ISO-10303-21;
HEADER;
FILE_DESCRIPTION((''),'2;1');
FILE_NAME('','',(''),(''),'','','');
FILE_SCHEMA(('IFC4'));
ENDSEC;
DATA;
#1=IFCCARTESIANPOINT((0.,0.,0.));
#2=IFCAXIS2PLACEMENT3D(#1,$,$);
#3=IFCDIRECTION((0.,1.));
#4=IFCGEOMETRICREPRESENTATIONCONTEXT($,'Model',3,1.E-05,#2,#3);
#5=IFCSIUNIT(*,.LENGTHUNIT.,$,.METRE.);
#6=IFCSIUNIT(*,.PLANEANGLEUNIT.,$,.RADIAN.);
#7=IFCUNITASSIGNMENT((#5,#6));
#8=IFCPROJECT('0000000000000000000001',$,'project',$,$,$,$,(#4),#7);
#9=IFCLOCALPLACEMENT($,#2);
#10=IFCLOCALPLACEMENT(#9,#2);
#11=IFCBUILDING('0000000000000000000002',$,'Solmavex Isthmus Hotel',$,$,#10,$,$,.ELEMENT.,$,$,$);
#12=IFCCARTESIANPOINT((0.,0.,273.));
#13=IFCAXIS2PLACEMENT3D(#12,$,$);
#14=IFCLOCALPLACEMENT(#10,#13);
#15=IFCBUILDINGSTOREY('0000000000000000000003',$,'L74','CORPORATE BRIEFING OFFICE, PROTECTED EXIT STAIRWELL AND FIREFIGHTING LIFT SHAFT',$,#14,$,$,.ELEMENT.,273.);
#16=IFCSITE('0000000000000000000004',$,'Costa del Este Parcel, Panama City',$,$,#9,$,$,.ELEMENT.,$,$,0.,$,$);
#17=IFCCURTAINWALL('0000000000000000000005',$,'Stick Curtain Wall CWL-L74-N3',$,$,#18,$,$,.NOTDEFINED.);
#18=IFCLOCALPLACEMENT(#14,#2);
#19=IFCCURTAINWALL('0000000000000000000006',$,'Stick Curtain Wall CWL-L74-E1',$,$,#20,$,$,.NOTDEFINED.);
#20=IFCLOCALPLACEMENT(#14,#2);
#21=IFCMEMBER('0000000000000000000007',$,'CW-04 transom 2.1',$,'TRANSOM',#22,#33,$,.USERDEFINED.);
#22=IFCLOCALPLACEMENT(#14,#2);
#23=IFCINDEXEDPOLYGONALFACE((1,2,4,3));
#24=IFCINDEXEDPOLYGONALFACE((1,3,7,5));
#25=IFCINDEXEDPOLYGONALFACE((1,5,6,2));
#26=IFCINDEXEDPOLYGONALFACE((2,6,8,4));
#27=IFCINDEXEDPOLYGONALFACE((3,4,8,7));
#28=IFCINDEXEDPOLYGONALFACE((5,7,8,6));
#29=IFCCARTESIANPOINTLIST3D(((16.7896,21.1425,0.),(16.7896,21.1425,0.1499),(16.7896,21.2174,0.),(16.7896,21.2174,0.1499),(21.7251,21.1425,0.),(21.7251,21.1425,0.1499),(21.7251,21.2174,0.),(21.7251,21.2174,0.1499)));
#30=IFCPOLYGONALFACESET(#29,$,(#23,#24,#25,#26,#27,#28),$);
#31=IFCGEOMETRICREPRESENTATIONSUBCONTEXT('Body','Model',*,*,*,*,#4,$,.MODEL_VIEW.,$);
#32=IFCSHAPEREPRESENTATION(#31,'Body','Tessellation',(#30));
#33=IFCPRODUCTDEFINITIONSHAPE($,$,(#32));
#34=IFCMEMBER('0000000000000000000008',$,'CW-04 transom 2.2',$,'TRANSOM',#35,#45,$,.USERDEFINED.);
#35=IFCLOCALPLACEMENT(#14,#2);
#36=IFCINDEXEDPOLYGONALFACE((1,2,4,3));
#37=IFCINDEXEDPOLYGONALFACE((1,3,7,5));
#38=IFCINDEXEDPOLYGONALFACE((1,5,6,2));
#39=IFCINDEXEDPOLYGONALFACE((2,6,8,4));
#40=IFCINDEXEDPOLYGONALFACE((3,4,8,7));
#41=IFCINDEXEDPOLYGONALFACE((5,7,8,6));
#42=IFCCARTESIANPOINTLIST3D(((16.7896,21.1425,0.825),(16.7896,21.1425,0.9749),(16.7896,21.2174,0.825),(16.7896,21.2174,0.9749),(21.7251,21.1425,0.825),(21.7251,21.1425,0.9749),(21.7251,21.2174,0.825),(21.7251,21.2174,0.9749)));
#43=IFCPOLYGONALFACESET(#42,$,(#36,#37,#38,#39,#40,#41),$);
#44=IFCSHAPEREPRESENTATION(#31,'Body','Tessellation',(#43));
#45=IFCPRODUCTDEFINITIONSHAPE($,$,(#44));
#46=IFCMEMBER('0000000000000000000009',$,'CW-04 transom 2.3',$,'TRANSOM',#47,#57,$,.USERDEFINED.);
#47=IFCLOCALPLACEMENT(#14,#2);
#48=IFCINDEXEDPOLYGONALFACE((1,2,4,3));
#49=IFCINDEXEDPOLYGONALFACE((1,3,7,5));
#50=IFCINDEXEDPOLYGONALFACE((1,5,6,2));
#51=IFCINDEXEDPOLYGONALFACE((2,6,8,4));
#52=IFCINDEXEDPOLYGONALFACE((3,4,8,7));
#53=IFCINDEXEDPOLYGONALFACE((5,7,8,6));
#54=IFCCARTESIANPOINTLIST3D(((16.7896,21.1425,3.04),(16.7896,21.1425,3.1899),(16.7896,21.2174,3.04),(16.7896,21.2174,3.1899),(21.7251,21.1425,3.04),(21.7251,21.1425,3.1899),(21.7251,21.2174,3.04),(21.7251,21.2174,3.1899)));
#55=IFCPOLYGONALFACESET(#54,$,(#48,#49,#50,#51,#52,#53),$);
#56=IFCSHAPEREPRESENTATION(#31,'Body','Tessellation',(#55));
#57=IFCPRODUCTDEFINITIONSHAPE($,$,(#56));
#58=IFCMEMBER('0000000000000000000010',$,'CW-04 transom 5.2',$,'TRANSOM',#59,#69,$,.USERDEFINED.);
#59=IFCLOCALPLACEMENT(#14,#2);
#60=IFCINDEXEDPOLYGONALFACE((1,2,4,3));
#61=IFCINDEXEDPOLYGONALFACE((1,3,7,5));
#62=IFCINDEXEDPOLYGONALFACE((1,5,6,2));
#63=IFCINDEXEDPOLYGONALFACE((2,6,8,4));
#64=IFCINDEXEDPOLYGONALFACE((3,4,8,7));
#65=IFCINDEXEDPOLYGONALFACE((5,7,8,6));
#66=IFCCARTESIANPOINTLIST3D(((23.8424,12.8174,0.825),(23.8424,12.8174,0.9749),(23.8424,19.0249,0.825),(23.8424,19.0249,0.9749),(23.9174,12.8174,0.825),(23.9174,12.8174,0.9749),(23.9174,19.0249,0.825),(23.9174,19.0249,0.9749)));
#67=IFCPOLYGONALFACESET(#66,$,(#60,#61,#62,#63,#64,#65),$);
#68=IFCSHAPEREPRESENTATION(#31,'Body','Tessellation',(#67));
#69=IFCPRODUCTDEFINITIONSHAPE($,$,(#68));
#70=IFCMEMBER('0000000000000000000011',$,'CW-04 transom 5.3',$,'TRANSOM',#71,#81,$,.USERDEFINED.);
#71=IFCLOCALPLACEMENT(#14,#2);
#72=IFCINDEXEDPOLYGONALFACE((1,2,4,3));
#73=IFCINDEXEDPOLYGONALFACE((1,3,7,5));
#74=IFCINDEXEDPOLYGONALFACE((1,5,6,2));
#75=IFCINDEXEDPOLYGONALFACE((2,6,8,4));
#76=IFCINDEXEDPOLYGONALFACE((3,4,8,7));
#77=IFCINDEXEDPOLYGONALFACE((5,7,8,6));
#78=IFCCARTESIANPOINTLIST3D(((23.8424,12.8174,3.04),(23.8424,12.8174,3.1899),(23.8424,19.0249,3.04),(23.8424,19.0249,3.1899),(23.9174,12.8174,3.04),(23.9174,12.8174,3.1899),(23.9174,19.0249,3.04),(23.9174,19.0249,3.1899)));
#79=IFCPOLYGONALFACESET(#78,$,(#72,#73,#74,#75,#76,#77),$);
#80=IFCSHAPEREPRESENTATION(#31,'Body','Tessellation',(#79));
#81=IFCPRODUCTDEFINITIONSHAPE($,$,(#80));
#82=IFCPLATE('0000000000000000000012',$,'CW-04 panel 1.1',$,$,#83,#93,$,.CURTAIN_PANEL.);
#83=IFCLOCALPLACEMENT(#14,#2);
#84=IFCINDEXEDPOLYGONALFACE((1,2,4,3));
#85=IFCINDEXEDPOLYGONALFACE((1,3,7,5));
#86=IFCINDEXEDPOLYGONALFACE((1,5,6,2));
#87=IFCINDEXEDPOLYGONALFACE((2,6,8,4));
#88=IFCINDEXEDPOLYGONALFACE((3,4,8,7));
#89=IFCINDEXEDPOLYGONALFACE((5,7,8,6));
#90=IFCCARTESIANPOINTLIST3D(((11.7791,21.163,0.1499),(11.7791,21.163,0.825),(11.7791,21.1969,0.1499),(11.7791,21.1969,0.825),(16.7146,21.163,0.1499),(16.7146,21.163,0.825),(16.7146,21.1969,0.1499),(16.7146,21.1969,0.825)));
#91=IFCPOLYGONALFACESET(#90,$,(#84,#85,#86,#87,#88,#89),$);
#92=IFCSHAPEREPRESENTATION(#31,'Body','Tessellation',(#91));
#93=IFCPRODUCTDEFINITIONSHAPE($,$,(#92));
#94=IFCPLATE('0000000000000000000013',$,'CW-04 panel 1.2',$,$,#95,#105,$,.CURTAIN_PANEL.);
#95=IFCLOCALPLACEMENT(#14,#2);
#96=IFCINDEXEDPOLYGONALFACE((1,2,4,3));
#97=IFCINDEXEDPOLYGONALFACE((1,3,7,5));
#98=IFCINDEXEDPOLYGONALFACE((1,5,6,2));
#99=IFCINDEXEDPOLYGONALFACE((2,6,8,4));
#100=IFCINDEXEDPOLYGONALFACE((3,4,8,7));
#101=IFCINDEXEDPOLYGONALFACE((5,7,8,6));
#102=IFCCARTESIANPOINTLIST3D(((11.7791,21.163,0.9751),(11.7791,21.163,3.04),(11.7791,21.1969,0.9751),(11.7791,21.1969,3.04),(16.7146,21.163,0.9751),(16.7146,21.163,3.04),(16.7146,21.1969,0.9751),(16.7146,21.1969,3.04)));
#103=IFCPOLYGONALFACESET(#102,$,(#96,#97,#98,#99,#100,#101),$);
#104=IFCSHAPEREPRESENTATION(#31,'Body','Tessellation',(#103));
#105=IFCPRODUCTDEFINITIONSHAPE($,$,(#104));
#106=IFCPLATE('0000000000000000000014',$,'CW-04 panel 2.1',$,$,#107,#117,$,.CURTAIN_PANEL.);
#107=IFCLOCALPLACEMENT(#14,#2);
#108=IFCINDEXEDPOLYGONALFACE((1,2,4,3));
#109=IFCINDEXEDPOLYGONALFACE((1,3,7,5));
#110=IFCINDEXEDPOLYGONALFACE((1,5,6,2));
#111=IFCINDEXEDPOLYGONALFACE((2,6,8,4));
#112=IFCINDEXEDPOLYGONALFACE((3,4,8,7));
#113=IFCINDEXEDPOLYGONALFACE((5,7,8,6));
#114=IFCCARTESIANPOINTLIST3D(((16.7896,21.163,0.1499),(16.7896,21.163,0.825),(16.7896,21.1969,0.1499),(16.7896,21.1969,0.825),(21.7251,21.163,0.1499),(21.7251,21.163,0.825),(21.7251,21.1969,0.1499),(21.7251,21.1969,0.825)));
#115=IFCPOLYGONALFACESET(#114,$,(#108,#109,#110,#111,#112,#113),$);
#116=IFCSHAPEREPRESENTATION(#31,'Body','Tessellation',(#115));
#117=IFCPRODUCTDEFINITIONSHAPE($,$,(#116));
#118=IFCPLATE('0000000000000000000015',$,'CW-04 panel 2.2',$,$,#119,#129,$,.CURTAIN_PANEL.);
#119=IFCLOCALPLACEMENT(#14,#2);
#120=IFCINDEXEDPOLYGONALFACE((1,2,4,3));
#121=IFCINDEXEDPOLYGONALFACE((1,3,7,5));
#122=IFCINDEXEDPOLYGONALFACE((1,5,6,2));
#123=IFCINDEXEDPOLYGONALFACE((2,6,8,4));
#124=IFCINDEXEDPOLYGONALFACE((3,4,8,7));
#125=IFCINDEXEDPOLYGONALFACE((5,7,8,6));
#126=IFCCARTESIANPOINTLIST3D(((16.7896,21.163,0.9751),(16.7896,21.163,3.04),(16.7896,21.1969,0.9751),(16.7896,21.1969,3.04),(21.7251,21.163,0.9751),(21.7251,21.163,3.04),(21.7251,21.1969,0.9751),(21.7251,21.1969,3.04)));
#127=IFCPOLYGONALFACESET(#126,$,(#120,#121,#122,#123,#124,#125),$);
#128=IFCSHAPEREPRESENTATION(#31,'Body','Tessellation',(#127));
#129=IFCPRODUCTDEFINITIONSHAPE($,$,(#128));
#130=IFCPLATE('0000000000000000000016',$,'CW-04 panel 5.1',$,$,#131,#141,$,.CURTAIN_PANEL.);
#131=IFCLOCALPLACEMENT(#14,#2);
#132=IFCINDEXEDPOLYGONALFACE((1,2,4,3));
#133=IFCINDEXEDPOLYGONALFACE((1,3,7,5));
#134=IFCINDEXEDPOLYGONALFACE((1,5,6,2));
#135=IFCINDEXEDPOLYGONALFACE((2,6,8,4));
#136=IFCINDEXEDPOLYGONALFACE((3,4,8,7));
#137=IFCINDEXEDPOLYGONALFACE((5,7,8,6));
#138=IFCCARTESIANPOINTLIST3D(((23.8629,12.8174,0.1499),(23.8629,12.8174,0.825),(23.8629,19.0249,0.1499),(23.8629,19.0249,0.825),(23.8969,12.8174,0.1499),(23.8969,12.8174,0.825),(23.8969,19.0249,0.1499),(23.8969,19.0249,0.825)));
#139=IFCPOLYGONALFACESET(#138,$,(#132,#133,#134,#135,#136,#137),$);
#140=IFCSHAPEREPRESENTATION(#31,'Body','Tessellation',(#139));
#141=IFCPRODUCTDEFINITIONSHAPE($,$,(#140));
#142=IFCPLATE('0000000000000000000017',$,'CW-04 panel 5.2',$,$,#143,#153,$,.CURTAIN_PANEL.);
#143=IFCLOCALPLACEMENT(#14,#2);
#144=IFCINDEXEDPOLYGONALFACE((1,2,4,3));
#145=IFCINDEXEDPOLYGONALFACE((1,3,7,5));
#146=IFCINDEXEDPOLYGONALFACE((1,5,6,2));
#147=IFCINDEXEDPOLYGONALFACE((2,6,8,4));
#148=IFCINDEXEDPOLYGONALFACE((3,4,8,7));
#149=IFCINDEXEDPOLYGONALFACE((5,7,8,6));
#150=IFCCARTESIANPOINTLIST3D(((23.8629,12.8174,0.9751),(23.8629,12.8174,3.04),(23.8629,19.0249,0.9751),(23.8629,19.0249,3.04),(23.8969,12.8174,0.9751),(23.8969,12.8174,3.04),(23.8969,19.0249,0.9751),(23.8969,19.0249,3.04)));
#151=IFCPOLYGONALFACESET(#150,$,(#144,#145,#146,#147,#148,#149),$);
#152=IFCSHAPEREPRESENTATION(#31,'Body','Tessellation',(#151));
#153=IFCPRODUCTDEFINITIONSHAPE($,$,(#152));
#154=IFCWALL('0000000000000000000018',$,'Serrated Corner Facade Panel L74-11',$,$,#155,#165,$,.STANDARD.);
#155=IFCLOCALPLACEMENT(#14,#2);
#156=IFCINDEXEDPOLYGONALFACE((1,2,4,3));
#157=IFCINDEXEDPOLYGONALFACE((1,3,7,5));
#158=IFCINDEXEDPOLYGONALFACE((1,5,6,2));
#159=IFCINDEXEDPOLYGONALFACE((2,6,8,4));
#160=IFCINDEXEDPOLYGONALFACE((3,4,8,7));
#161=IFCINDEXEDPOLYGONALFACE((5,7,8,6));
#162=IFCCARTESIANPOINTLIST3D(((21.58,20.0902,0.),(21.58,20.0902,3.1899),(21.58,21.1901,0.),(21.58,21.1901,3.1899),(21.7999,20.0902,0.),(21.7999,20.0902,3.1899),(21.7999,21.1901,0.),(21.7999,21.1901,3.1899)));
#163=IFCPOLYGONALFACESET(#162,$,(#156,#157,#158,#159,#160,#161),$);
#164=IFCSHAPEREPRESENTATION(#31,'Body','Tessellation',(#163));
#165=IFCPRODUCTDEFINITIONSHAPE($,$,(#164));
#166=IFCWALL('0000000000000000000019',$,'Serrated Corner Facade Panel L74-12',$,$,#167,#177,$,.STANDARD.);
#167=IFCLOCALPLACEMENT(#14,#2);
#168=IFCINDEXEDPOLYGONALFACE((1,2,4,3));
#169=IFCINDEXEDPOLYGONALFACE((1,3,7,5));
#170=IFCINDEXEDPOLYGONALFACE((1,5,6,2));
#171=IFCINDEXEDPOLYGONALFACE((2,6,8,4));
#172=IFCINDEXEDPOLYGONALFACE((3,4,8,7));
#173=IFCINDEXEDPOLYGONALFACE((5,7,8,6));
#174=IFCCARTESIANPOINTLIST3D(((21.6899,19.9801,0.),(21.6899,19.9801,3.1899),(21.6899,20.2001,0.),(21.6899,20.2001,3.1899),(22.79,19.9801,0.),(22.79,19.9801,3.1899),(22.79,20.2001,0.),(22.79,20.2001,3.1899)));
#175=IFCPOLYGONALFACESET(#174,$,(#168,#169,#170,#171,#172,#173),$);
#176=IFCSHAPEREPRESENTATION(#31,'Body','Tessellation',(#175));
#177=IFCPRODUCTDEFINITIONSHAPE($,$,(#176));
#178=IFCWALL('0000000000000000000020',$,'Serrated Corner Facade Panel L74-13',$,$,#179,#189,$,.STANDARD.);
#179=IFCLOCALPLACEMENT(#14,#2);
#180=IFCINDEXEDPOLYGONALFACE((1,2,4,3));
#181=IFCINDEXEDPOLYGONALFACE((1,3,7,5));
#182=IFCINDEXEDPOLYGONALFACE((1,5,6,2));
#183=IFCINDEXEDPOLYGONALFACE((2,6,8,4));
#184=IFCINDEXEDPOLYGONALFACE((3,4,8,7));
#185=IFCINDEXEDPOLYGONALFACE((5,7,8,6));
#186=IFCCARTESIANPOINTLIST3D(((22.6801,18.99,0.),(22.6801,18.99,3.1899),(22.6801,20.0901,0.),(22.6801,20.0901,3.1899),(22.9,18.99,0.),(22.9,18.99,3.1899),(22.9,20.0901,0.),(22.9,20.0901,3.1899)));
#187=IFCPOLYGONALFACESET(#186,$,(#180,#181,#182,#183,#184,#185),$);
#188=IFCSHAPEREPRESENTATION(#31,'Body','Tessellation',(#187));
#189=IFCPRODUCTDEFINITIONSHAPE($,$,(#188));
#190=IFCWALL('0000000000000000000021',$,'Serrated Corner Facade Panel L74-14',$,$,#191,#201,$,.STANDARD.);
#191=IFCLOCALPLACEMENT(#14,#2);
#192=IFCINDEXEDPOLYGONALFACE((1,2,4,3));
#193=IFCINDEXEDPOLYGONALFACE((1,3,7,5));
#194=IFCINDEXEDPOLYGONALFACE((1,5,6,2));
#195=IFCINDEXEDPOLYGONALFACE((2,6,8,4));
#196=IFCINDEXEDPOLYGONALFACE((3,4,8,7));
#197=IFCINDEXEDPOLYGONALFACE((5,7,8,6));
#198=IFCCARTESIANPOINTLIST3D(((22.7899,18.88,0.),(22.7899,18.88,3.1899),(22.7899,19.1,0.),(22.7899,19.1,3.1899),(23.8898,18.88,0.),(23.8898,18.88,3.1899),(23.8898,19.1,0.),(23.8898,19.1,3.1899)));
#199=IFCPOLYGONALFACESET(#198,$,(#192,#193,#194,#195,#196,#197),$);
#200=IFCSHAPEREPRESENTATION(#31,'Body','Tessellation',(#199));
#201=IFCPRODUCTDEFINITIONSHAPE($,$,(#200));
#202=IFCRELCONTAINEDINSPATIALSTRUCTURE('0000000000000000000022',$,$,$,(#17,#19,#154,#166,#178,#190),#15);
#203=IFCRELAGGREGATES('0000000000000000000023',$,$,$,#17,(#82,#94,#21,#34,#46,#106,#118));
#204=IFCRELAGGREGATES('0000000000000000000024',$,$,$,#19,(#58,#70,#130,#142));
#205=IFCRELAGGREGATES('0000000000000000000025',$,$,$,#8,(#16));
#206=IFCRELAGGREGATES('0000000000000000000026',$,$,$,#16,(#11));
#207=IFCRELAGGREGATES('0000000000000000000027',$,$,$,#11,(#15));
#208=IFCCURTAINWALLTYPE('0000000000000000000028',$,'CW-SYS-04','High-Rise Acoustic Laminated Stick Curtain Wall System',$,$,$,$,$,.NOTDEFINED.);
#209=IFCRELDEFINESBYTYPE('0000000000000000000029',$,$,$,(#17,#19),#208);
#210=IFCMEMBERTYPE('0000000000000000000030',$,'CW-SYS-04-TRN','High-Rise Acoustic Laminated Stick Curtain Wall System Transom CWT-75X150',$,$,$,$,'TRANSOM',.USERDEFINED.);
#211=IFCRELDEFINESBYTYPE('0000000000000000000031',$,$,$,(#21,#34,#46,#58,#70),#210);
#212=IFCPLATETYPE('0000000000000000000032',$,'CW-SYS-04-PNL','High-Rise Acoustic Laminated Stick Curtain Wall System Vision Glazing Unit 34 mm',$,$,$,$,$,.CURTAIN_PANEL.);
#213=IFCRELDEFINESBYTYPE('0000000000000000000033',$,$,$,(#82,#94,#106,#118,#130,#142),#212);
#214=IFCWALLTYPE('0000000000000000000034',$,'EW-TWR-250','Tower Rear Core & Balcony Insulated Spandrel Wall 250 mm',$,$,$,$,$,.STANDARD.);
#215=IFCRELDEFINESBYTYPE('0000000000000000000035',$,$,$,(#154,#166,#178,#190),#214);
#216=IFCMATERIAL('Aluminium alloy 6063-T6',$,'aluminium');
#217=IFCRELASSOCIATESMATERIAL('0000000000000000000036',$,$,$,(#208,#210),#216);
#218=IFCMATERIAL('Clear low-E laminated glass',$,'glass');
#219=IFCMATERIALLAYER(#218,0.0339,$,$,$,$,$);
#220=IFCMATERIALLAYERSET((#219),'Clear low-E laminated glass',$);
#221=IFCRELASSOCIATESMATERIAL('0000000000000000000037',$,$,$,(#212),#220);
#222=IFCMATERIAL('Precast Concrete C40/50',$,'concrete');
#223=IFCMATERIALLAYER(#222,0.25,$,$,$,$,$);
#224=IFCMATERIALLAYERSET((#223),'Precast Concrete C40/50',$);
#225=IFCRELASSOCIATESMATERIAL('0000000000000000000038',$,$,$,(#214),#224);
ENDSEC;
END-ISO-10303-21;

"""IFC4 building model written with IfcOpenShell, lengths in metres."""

from ifc_helpers import new_model, si_unit, direction, frame, frame_2d, origin, origin_2d, place, context, subcontext, project, spatial, rectangle, extrude, material, layer, layer_set, material_profile, profile_set, type_object, element, aggregate, save


model = new_model("IFC4")

# Units and contexts
model_context = context("Model", 3, precision=1e-05, world=origin(), true_north=direction((0.0, 1.0)))
body_context = subcontext(model_context, "Body", "Model", "MODEL_VIEW")
ifc_project = project(units=[si_unit("LENGTHUNIT", "METRE"), si_unit("PLANEANGLEUNIT", "RADIAN")], contexts=[model_context])

# Site, building, storey
site_placement = place(None, origin())
site = spatial("IfcSite", under=ifc_project, at=site_placement, Name="Costa del Este Parcel, Panama City", CompositionType="ELEMENT", RefElevation=0.0)
building_placement = place(site_placement, origin())
building = spatial("IfcBuilding", under=site, at=building_placement, Name="Solmavex Isthmus Hotel", CompositionType="ELEMENT")
storey_placement = place(building_placement, frame((0.0, 0.0, 273.0)))
storey = spatial("IfcBuildingStorey", under=building, at=storey_placement, Name="L74", Description="CORPORATE BRIEFING OFFICE, PROTECTED EXIT STAIRWELL AND FIREFIGHTING LIFT SHAFT", CompositionType="ELEMENT", Elevation=273.0)

# Curtain wall
ifc_material_1 = material(Name="Aluminium alloy 6063-T6", Category="aluminium")
curtain_wall_type = type_object("IfcCurtainWallType", Name="CW-SYS-04", Description="High-Rise Acoustic Laminated Stick Curtain Wall System", PredefinedType="NOTDEFINED", material=ifc_material_1)
curtain_wall_1_placement = place(storey_placement, origin())
curtain_wall_1 = element("IfcCurtainWall", 1, at=curtain_wall_1_placement, inside=storey, type_object=curtain_wall_type, Name="Stick Curtain Wall CWL-L74-N3", PredefinedType="NOTDEFINED")

# Curtain wall
curtain_wall_2_placement = place(storey_placement, origin())
curtain_wall_2 = element("IfcCurtainWall", 2, at=curtain_wall_2_placement, inside=storey, type_object=curtain_wall_type, Name="Stick Curtain Wall CWL-L74-E1", PredefinedType="NOTDEFINED")

# Members
ifc_material_profile_1 = material_profile(ifc_material_1, rectangle(XDim=0.075, YDim=0.1499, at=origin_2d()), Name="CWT-75X150")
ifc_profile_set_1 = profile_set([ifc_material_profile_1], Name="Aluminium alloy 6063-T6")
member_type_1 = type_object("IfcMemberType", Name="CW-SYS-04-TRN", Description="High-Rise Acoustic Laminated Stick Curtain Wall System Transom CWT-75X150", ElementType="TRANSOM", PredefinedType="USERDEFINED", material=ifc_profile_set_1)
member_1_placement = place(storey_placement, frame((16.7896, 21.1799, 0.075), z_axis=(1.0, 0.0, 0.0), x_axis=(0.0, 1.0, 0.0)))
member_1 = element("IfcMember", 3, at=member_1_placement, type_object=member_type_1, Name="CW-04 transom 2.1", ObjectType="TRANSOM", PredefinedType="USERDEFINED", context=body_context, shape_type="SweptSolid", body=[
    extrude(rectangle(XDim=0.075, YDim=0.1499, at=origin_2d()), origin(), (0.0, 0.0, 1.0), 4.9355),
])
member_2_placement = place(storey_placement, frame((16.7896, 21.1799, 0.8999), z_axis=(1.0, 0.0, 0.0), x_axis=(0.0, 1.0, 0.0)))
member_2 = element("IfcMember", 4, at=member_2_placement, type_object=member_type_1, Name="CW-04 transom 2.2", ObjectType="TRANSOM", PredefinedType="USERDEFINED", context=body_context, shape_type="SweptSolid", body=[
    extrude(rectangle(XDim=0.075, YDim=0.1499, at=origin_2d()), origin(), (0.0, 0.0, 1.0), 4.9355),
])
member_3_placement = place(storey_placement, frame((16.7896, 21.1799, 3.115), z_axis=(1.0, 0.0, 0.0), x_axis=(0.0, 1.0, 0.0)))
member_3 = element("IfcMember", 5, at=member_3_placement, type_object=member_type_1, Name="CW-04 transom 2.3", ObjectType="TRANSOM", PredefinedType="USERDEFINED", context=body_context, shape_type="SweptSolid", body=[
    extrude(rectangle(XDim=0.075, YDim=0.1499, at=origin_2d()), origin(), (0.0, 0.0, 1.0), 4.9355),
])
member_4_placement = place(storey_placement, frame((23.8799, 12.8174, 0.8999), z_axis=(0.0, 1.0, 0.0), x_axis=(-1.0, 0.0, 0.0)))
member_4 = element("IfcMember", 6, at=member_4_placement, type_object=member_type_1, Name="CW-04 transom 5.2", ObjectType="TRANSOM", PredefinedType="USERDEFINED", context=body_context, shape_type="SweptSolid", body=[
    extrude(rectangle(XDim=0.075, YDim=0.1499, at=origin_2d()), origin(), (0.0, 0.0, 1.0), 6.2075),
])
member_5_placement = place(storey_placement, frame((23.8799, 12.8174, 3.115), z_axis=(0.0, 1.0, 0.0), x_axis=(-1.0, 0.0, 0.0)))
member_5 = element("IfcMember", 7, at=member_5_placement, type_object=member_type_1, Name="CW-04 transom 5.3", ObjectType="TRANSOM", PredefinedType="USERDEFINED", context=body_context, shape_type="SweptSolid", body=[
    extrude(rectangle(XDim=0.075, YDim=0.1499, at=origin_2d()), origin(), (0.0, 0.0, 1.0), 6.2075),
])

# Plates
ifc_material_2 = material(Name="Clear low-E laminated glass", Category="glass")
ifc_layer_1 = layer(ifc_material_2, 0.0339)
ifc_layer_set_1 = layer_set([ifc_layer_1], Name="Clear low-E laminated glass")
plate_type = type_object("IfcPlateType", Name="CW-SYS-04-PNL", Description="High-Rise Acoustic Laminated Stick Curtain Wall System Vision Glazing Unit 34 mm", PredefinedType="CURTAIN_PANEL", material=ifc_layer_set_1)
plate_1_placement = place(storey_placement, frame((14.2468, 21.1799, 0.1499), z_axis=(0.0, 0.0, 1.0), x_axis=(1.0, 0.0, 0.0)))
plate_1 = element("IfcPlate", 8, at=plate_1_placement, type_object=plate_type, Name="CW-04 panel 1.1", PredefinedType="CURTAIN_PANEL", context=body_context, shape_type="SweptSolid", body=[
    extrude(rectangle(XDim=4.9355, YDim=0.0339, at=origin_2d()), origin(), (0.0, 0.0, 1.0), 0.675),
])
plate_2_placement = place(storey_placement, frame((14.2468, 21.1799, 0.9751), z_axis=(0.0, 0.0, 1.0), x_axis=(1.0, 0.0, 0.0)))
plate_2 = element("IfcPlate", 9, at=plate_2_placement, type_object=plate_type, Name="CW-04 panel 1.2", PredefinedType="CURTAIN_PANEL", context=body_context, shape_type="SweptSolid", body=[
    extrude(rectangle(XDim=4.9355, YDim=0.0339, at=origin_2d()), origin(), (0.0, 0.0, 1.0), 2.0649),
])
plate_3_placement = place(storey_placement, frame((19.2573, 21.1799, 0.1499), z_axis=(0.0, 0.0, 1.0), x_axis=(1.0, 0.0, 0.0)))
plate_3 = element("IfcPlate", 10, at=plate_3_placement, type_object=plate_type, Name="CW-04 panel 2.1", PredefinedType="CURTAIN_PANEL", context=body_context, shape_type="SweptSolid", body=[
    extrude(rectangle(XDim=4.9355, YDim=0.0339, at=origin_2d()), origin(), (0.0, 0.0, 1.0), 0.675),
])
plate_4_placement = place(storey_placement, frame((19.2573, 21.1799, 0.9751), z_axis=(0.0, 0.0, 1.0), x_axis=(1.0, 0.0, 0.0)))
plate_4 = element("IfcPlate", 11, at=plate_4_placement, type_object=plate_type, Name="CW-04 panel 2.2", PredefinedType="CURTAIN_PANEL", context=body_context, shape_type="SweptSolid", body=[
    extrude(rectangle(XDim=4.9355, YDim=0.0339, at=origin_2d()), origin(), (0.0, 0.0, 1.0), 2.0649),
])
aggregate(curtain_wall_1, [plate_1, plate_2, member_1, member_2, member_3, plate_3, plate_4])
plate_5_placement = place(storey_placement, frame((23.8799, 15.9211, 0.1499), z_axis=(0.0, 0.0, 1.0), x_axis=(0.0, 1.0, 0.0)))
plate_5 = element("IfcPlate", 12, at=plate_5_placement, type_object=plate_type, Name="CW-04 panel 5.1", PredefinedType="CURTAIN_PANEL", context=body_context, shape_type="SweptSolid", body=[
    extrude(rectangle(XDim=6.2075, YDim=0.0339, at=origin_2d()), origin(), (0.0, 0.0, 1.0), 0.675),
])
plate_6_placement = place(storey_placement, frame((23.8799, 15.9211, 0.9751), z_axis=(0.0, 0.0, 1.0), x_axis=(0.0, 1.0, 0.0)))
plate_6 = element("IfcPlate", 13, at=plate_6_placement, type_object=plate_type, Name="CW-04 panel 5.2", PredefinedType="CURTAIN_PANEL", context=body_context, shape_type="SweptSolid", body=[
    extrude(rectangle(XDim=6.2075, YDim=0.0339, at=origin_2d()), origin(), (0.0, 0.0, 1.0), 2.0649),
])
aggregate(curtain_wall_2, [member_4, member_5, plate_5, plate_6])

# Walls
ifc_material_3 = material(Name="Precast Concrete C40/50", Category="concrete")
ifc_layer_2 = layer(ifc_material_3, 0.25)
ifc_layer_set_2 = layer_set([ifc_layer_2], Name="Precast Concrete C40/50")
wall_type = type_object("IfcWallType", Name="EW-TWR-250", Description="Tower Rear Core & Balcony Insulated Spandrel Wall 250 mm", PredefinedType="STANDARD", material=ifc_layer_set_2)
wall_1_placement = place(storey_placement, frame((21.6899, 21.1899, 0.0), z_axis=(0.0, 0.0, 1.0), x_axis=(0.0, -1.0, 0.0)))
element("IfcWall", 14, at=wall_1_placement, inside=storey, type_object=wall_type, Name="Serrated Corner Facade Panel L74-11", PredefinedType="STANDARD", context=body_context, shape_type="SweptSolid", body=[
    extrude(rectangle(XDim=1.0999, YDim=0.22, at=frame_2d((0.5498, 0.0))), origin(), (0.0, 0.0, 1.0), 3.1899),
])
for number, where, z_axis, x_axis, name in (
    (15, (21.6899, 20.0901, 0.0), (0.0, 0.0, 1.0), (1.0, 0.0, 0.0), "Serrated Corner Facade Panel L74-12"),
    (16, (22.79, 20.0901, 0.0), (0.0, 0.0, 1.0), (0.0, -1.0, 0.0), "Serrated Corner Facade Panel L74-13"),
):
    element("IfcWall", number, at=place(storey_placement, frame(where, z_axis=z_axis, x_axis=x_axis)), inside=storey, type_object=wall_type, Name=name, PredefinedType="STANDARD", context=body_context, shape_type="SweptSolid", body=[
        extrude(rectangle(XDim=1.1001, YDim=0.22, at=frame_2d((0.55, 0.0))), origin(), (0.0, 0.0, 1.0), 3.1899),
    ])
wall_2_placement = place(storey_placement, frame((22.79, 18.99, 0.0), z_axis=(0.0, 0.0, 1.0), x_axis=(1.0, 0.0, 0.0)))
element("IfcWall", 17, at=wall_2_placement, inside=storey, type_object=wall_type, Name="Serrated Corner Facade Panel L74-14", PredefinedType="STANDARD", context=body_context, shape_type="SweptSolid", body=[
    extrude(rectangle(XDim=1.0999, YDim=0.22, at=frame_2d((0.5498, 0.0))), origin(), (0.0, 0.0, 1.0), 3.1899),
])

save(model, "model.ifc")
